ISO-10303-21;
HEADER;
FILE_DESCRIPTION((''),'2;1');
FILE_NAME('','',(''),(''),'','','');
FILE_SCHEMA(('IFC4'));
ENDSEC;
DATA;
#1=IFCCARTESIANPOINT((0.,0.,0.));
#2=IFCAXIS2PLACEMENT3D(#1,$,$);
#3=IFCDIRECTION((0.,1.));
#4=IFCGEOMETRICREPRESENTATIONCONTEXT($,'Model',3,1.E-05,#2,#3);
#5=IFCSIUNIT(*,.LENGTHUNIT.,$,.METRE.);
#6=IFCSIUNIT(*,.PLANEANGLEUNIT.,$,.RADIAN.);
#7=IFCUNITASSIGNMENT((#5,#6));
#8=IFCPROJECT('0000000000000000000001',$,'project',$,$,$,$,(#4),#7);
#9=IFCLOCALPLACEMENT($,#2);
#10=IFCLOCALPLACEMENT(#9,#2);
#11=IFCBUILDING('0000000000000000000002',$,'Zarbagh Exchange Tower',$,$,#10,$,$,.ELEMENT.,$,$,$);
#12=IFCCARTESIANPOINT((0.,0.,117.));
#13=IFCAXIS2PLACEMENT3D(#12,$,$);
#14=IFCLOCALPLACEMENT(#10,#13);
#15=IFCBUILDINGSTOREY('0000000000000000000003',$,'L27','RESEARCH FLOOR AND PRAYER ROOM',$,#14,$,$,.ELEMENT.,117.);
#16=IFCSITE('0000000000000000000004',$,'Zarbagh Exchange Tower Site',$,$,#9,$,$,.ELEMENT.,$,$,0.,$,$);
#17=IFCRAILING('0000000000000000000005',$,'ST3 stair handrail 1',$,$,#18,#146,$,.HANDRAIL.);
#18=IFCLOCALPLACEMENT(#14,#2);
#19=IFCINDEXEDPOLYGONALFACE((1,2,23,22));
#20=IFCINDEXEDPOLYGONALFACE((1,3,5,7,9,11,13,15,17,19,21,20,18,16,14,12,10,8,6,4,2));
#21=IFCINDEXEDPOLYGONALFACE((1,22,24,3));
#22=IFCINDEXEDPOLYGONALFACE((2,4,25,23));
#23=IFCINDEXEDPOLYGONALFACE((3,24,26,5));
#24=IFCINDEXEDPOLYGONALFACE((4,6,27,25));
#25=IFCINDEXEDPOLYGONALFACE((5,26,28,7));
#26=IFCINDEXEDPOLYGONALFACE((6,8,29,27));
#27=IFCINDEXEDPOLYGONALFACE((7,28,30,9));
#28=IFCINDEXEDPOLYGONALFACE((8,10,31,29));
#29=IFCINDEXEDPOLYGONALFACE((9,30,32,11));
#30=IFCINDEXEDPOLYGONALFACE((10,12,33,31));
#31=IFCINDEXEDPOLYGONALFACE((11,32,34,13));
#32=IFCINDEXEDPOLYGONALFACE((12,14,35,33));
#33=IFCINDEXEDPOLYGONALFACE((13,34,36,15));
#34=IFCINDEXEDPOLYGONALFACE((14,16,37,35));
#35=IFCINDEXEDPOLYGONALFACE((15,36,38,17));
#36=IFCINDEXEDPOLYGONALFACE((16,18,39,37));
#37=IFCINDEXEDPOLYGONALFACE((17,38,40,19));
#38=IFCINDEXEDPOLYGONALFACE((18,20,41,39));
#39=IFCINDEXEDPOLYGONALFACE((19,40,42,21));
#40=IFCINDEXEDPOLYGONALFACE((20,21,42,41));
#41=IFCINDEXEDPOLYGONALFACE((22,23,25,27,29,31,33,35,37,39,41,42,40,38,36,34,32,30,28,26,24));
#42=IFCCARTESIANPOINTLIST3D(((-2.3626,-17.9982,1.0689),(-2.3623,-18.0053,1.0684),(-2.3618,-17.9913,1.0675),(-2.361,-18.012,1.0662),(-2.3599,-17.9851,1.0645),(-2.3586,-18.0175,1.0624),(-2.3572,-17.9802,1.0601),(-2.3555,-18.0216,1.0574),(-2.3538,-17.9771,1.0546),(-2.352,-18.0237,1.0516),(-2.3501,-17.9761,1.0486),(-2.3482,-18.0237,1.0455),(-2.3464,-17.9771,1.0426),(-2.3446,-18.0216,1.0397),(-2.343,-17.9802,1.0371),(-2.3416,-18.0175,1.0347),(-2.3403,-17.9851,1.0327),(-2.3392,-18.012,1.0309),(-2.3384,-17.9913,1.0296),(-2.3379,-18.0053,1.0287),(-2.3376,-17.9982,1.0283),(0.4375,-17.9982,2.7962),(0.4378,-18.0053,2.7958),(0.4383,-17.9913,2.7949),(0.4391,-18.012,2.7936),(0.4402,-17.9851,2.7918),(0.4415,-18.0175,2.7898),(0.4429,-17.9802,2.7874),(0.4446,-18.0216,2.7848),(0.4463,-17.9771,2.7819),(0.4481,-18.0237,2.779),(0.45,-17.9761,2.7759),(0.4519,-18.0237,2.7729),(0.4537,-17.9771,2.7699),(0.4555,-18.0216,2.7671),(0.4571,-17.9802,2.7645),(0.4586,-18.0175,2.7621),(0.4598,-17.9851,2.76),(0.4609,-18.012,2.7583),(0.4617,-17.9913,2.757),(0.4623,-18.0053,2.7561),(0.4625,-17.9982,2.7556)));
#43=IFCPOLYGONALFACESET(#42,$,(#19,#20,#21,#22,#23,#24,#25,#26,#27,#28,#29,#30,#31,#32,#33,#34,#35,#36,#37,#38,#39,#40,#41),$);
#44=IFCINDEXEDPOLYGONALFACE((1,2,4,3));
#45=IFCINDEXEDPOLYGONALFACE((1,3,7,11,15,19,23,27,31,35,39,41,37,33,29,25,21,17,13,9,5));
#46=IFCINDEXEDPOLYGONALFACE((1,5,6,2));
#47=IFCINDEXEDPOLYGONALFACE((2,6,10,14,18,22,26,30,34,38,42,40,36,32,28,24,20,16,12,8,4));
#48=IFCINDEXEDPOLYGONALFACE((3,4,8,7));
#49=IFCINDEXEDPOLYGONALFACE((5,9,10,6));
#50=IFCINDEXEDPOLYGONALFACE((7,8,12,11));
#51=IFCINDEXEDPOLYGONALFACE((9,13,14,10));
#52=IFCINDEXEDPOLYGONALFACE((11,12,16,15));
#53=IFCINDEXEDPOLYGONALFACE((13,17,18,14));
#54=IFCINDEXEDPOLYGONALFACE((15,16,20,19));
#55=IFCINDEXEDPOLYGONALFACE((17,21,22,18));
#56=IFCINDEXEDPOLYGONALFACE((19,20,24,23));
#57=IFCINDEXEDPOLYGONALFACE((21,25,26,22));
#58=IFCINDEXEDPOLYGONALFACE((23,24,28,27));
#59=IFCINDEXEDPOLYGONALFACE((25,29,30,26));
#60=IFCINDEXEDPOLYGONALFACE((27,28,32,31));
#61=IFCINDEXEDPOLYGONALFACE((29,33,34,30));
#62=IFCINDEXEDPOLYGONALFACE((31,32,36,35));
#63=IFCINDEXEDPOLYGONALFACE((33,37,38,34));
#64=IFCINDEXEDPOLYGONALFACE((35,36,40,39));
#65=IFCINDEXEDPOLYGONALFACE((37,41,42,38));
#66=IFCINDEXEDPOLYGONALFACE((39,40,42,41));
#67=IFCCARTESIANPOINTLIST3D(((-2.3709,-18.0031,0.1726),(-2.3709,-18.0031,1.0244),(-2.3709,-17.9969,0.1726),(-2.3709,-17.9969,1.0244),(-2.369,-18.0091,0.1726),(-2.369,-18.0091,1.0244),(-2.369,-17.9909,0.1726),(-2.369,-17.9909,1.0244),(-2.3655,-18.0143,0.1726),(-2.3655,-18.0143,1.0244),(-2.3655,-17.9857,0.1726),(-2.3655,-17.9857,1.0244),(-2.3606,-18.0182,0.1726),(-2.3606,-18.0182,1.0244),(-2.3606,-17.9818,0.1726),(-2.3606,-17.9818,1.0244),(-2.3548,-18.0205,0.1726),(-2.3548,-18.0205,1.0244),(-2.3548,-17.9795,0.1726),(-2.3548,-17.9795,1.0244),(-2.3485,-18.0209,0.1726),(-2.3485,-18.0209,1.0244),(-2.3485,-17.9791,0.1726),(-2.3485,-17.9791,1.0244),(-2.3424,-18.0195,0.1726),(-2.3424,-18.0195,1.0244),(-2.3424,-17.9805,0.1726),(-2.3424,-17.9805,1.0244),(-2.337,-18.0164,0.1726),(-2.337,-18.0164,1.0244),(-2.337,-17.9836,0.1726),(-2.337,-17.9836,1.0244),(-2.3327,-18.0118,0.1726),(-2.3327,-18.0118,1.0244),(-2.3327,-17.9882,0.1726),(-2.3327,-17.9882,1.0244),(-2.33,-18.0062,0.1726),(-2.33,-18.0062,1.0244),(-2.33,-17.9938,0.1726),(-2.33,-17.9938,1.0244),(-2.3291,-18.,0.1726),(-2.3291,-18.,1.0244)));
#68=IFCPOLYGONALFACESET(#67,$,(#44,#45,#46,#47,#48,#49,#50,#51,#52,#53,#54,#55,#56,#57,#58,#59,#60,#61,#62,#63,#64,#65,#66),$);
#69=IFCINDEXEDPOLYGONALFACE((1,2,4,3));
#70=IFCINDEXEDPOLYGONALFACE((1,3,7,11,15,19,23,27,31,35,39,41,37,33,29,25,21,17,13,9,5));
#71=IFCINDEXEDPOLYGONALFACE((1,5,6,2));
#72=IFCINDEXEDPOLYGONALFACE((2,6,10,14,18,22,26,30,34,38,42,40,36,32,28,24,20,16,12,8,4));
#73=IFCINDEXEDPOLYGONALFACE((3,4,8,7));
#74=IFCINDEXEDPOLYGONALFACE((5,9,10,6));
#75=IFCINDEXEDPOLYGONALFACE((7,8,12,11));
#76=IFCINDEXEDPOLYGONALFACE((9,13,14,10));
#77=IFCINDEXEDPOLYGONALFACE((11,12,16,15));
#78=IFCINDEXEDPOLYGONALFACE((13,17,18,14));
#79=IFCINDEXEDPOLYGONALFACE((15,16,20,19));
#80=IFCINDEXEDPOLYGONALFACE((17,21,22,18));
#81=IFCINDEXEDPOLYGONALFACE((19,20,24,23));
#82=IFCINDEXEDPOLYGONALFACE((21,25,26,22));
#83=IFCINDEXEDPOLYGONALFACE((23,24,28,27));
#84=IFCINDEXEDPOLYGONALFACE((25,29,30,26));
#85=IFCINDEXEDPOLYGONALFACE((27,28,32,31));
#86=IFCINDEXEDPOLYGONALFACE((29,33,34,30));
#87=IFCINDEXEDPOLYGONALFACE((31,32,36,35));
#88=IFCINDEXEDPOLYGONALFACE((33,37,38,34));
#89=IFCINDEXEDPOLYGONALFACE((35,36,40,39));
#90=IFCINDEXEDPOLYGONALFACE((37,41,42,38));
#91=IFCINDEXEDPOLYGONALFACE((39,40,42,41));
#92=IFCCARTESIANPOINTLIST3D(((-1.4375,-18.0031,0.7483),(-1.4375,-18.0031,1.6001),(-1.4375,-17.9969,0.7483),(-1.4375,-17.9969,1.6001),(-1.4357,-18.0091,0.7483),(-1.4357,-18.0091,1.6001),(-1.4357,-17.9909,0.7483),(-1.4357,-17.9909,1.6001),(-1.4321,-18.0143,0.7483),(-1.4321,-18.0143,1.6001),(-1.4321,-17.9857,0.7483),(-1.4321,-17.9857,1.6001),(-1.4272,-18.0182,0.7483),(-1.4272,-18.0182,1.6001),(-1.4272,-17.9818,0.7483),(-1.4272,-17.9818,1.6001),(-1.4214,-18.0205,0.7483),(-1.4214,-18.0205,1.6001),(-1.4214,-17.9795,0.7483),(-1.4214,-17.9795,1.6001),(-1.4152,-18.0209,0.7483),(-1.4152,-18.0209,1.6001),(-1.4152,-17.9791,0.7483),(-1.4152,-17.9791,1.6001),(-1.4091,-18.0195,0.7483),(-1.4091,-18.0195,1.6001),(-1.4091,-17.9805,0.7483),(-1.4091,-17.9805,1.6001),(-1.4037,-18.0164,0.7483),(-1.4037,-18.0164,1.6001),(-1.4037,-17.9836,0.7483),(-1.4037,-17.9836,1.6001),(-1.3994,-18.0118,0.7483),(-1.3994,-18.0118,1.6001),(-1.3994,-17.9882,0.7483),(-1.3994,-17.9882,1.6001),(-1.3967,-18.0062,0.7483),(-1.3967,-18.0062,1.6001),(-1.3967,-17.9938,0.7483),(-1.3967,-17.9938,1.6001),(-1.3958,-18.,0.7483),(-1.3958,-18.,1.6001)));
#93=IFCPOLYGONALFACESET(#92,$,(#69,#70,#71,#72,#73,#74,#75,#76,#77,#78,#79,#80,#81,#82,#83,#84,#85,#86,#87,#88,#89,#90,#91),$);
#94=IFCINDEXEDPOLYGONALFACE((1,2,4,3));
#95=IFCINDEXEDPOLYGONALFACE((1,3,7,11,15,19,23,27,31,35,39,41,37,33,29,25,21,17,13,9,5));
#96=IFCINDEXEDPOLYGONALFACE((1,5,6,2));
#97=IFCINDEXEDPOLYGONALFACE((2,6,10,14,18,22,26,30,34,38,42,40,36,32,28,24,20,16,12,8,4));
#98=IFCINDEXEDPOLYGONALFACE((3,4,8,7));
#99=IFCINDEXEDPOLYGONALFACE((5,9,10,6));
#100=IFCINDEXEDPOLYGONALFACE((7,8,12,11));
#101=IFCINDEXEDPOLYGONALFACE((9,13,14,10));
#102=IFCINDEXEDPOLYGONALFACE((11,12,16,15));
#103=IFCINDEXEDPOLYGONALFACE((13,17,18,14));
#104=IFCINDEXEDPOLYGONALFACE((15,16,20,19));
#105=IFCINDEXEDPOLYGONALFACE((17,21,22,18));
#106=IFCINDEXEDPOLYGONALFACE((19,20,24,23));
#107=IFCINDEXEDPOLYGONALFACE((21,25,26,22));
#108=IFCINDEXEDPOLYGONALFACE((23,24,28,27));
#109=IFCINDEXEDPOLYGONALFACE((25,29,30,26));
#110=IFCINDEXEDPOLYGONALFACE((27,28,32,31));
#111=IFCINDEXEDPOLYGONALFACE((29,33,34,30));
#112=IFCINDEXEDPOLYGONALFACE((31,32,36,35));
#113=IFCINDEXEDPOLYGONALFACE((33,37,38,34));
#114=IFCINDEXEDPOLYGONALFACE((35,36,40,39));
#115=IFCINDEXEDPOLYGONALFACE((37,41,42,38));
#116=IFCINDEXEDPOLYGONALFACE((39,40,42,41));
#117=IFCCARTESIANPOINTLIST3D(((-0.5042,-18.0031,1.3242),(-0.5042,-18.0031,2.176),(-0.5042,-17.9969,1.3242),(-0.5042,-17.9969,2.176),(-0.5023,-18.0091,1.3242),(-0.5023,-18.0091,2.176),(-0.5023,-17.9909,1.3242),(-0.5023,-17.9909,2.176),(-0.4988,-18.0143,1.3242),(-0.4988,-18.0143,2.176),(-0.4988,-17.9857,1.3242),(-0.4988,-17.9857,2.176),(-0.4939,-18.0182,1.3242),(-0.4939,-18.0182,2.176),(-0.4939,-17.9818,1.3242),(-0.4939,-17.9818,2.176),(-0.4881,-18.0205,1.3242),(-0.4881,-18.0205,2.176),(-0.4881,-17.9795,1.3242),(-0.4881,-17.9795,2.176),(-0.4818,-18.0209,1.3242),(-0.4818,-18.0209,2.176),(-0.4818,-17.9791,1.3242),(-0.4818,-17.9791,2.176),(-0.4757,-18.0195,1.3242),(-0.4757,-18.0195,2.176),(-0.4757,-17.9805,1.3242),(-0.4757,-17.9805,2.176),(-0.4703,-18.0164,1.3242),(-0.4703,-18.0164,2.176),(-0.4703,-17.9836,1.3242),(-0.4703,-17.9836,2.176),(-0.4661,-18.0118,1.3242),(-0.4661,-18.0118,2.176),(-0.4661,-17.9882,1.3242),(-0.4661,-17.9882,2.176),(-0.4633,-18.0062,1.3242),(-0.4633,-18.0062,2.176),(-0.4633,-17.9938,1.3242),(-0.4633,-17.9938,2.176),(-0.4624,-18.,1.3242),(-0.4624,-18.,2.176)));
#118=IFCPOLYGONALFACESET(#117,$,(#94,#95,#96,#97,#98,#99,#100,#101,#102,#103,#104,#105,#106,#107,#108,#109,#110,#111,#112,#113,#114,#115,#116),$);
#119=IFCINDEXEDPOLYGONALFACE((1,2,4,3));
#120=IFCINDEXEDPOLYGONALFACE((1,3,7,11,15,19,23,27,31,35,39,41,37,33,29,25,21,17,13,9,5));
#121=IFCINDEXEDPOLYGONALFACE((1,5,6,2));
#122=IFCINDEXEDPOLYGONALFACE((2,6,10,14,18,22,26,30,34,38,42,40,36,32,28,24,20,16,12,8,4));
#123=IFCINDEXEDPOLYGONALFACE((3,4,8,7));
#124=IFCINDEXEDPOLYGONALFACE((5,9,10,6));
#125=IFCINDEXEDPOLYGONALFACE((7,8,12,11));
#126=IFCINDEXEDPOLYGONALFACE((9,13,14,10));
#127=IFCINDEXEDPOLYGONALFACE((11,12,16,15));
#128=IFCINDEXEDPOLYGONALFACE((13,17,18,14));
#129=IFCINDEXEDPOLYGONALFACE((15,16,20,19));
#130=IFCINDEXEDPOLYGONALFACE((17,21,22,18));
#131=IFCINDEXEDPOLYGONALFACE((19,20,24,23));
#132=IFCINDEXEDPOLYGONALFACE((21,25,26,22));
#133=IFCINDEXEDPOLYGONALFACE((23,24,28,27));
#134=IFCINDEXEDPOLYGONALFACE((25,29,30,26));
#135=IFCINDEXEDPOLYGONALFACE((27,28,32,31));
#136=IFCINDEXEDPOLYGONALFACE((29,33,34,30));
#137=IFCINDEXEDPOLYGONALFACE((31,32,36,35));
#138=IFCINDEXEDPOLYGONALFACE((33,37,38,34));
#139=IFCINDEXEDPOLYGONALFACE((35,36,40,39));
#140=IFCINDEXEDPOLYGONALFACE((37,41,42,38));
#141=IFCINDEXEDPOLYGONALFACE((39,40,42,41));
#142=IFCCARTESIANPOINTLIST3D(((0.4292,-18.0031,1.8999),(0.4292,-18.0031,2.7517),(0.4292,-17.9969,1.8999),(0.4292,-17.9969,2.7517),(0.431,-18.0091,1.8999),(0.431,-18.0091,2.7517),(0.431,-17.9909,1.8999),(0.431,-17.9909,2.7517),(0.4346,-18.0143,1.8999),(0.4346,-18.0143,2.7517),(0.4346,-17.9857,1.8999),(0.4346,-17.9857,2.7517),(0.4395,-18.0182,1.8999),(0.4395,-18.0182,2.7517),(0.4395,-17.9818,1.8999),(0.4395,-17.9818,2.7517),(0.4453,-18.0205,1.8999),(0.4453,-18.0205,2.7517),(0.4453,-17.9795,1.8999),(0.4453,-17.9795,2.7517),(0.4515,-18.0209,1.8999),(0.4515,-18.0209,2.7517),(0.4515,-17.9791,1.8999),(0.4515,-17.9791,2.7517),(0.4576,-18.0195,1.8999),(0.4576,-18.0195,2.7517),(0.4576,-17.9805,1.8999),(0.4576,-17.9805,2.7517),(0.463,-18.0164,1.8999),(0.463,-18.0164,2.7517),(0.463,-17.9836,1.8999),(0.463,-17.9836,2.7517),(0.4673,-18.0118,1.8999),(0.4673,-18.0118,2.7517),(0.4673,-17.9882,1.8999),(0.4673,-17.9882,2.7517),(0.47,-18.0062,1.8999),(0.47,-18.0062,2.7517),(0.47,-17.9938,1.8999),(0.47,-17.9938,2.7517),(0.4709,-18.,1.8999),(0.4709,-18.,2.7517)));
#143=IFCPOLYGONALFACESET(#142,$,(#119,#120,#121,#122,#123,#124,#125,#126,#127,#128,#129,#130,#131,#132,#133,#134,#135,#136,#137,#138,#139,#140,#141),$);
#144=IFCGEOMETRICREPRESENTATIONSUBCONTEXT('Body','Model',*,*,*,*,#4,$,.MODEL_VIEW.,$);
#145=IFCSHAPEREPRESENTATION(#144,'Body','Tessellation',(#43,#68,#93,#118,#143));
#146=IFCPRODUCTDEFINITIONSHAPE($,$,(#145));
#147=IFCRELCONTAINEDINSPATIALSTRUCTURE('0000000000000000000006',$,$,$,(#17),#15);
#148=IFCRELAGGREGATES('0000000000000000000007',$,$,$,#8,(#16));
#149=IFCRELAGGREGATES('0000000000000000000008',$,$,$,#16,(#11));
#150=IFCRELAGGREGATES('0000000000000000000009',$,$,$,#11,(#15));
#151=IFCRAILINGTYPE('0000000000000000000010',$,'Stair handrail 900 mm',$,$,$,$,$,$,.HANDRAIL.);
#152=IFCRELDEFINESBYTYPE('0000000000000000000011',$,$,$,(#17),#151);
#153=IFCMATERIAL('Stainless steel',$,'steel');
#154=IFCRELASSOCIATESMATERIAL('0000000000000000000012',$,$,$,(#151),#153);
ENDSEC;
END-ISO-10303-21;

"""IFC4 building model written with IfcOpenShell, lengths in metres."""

from ifc_helpers import new_model, si_unit, direction, frame, origin, origin_2d, place, context, subcontext, project, spatial, circle, extrude, material, type_object, element, save


model = new_model("IFC4")

# Units and contexts
model_context = context("Model", 3, precision=1e-05, world=origin(), true_north=direction((0.0, 1.0)))
body_context = subcontext(model_context, "Body", "Model", "MODEL_VIEW")
ifc_project = project(units=[si_unit("LENGTHUNIT", "METRE"), si_unit("PLANEANGLEUNIT", "RADIAN")], contexts=[model_context])

# Site, building, storey
site_placement = place(None, origin())
site = spatial("IfcSite", under=ifc_project, at=site_placement, Name="Zarbagh Exchange Tower Site", CompositionType="ELEMENT", RefElevation=0.0)
building_placement = place(site_placement, origin())
building = spatial("IfcBuilding", under=site, at=building_placement, Name="Zarbagh Exchange Tower", CompositionType="ELEMENT")
storey_placement = place(building_placement, frame((0.0, 0.0, 117.0)))
storey = spatial("IfcBuildingStorey", under=building, at=storey_placement, Name="L27", Description="RESEARCH FLOOR AND PRAYER ROOM", CompositionType="ELEMENT", Elevation=117.0)

# Shared definitions
ifc_material_1 = material(Name="Stainless steel", Category="steel")

# Railing
railing_type = type_object("IfcRailingType", Name="Stair handrail 900 mm", PredefinedType="HANDRAIL", material=ifc_material_1)
for number, where, name in (
    (1, (-2.3501, -18.0, 0.1726), "ST3 stair handrail 1"),
):
    element("IfcRailing", number, at=place(storey_placement, frame(where)), inside=storey, type_object=railing_type, Name=name, PredefinedType="HANDRAIL", context=body_context, shape_type="SweptSolid", body=[
        extrude(circle(Radius=0.0239, at=origin_2d()), frame((0.0, 0.0, 0.876), z_axis=(0.85109, 0.0, 0.52502), x_axis=(0.0, 1.0, 0.0)), (0.0, 0.0, 1.0), 3.29),
        extrude(circle(Radius=0.021, at=origin_2d()), origin(), (0.0, 0.0, 1.0), 0.8518),
        extrude(circle(Radius=0.021, at=origin_2d()), frame((0.9333, 0.0, 0.5757)), (0.0, 0.0, 1.0), 0.8518),
        extrude(circle(Radius=0.021, at=origin_2d()), frame((1.8667, 0.0, 1.1516)), (0.0, 0.0, 1.0), 0.8518),
        extrude(circle(Radius=0.021, at=origin_2d()), frame((2.8, 0.0, 1.7273)), (0.0, 0.0, 1.0), 0.8518),
    ])

save(model, "model.ifc")
